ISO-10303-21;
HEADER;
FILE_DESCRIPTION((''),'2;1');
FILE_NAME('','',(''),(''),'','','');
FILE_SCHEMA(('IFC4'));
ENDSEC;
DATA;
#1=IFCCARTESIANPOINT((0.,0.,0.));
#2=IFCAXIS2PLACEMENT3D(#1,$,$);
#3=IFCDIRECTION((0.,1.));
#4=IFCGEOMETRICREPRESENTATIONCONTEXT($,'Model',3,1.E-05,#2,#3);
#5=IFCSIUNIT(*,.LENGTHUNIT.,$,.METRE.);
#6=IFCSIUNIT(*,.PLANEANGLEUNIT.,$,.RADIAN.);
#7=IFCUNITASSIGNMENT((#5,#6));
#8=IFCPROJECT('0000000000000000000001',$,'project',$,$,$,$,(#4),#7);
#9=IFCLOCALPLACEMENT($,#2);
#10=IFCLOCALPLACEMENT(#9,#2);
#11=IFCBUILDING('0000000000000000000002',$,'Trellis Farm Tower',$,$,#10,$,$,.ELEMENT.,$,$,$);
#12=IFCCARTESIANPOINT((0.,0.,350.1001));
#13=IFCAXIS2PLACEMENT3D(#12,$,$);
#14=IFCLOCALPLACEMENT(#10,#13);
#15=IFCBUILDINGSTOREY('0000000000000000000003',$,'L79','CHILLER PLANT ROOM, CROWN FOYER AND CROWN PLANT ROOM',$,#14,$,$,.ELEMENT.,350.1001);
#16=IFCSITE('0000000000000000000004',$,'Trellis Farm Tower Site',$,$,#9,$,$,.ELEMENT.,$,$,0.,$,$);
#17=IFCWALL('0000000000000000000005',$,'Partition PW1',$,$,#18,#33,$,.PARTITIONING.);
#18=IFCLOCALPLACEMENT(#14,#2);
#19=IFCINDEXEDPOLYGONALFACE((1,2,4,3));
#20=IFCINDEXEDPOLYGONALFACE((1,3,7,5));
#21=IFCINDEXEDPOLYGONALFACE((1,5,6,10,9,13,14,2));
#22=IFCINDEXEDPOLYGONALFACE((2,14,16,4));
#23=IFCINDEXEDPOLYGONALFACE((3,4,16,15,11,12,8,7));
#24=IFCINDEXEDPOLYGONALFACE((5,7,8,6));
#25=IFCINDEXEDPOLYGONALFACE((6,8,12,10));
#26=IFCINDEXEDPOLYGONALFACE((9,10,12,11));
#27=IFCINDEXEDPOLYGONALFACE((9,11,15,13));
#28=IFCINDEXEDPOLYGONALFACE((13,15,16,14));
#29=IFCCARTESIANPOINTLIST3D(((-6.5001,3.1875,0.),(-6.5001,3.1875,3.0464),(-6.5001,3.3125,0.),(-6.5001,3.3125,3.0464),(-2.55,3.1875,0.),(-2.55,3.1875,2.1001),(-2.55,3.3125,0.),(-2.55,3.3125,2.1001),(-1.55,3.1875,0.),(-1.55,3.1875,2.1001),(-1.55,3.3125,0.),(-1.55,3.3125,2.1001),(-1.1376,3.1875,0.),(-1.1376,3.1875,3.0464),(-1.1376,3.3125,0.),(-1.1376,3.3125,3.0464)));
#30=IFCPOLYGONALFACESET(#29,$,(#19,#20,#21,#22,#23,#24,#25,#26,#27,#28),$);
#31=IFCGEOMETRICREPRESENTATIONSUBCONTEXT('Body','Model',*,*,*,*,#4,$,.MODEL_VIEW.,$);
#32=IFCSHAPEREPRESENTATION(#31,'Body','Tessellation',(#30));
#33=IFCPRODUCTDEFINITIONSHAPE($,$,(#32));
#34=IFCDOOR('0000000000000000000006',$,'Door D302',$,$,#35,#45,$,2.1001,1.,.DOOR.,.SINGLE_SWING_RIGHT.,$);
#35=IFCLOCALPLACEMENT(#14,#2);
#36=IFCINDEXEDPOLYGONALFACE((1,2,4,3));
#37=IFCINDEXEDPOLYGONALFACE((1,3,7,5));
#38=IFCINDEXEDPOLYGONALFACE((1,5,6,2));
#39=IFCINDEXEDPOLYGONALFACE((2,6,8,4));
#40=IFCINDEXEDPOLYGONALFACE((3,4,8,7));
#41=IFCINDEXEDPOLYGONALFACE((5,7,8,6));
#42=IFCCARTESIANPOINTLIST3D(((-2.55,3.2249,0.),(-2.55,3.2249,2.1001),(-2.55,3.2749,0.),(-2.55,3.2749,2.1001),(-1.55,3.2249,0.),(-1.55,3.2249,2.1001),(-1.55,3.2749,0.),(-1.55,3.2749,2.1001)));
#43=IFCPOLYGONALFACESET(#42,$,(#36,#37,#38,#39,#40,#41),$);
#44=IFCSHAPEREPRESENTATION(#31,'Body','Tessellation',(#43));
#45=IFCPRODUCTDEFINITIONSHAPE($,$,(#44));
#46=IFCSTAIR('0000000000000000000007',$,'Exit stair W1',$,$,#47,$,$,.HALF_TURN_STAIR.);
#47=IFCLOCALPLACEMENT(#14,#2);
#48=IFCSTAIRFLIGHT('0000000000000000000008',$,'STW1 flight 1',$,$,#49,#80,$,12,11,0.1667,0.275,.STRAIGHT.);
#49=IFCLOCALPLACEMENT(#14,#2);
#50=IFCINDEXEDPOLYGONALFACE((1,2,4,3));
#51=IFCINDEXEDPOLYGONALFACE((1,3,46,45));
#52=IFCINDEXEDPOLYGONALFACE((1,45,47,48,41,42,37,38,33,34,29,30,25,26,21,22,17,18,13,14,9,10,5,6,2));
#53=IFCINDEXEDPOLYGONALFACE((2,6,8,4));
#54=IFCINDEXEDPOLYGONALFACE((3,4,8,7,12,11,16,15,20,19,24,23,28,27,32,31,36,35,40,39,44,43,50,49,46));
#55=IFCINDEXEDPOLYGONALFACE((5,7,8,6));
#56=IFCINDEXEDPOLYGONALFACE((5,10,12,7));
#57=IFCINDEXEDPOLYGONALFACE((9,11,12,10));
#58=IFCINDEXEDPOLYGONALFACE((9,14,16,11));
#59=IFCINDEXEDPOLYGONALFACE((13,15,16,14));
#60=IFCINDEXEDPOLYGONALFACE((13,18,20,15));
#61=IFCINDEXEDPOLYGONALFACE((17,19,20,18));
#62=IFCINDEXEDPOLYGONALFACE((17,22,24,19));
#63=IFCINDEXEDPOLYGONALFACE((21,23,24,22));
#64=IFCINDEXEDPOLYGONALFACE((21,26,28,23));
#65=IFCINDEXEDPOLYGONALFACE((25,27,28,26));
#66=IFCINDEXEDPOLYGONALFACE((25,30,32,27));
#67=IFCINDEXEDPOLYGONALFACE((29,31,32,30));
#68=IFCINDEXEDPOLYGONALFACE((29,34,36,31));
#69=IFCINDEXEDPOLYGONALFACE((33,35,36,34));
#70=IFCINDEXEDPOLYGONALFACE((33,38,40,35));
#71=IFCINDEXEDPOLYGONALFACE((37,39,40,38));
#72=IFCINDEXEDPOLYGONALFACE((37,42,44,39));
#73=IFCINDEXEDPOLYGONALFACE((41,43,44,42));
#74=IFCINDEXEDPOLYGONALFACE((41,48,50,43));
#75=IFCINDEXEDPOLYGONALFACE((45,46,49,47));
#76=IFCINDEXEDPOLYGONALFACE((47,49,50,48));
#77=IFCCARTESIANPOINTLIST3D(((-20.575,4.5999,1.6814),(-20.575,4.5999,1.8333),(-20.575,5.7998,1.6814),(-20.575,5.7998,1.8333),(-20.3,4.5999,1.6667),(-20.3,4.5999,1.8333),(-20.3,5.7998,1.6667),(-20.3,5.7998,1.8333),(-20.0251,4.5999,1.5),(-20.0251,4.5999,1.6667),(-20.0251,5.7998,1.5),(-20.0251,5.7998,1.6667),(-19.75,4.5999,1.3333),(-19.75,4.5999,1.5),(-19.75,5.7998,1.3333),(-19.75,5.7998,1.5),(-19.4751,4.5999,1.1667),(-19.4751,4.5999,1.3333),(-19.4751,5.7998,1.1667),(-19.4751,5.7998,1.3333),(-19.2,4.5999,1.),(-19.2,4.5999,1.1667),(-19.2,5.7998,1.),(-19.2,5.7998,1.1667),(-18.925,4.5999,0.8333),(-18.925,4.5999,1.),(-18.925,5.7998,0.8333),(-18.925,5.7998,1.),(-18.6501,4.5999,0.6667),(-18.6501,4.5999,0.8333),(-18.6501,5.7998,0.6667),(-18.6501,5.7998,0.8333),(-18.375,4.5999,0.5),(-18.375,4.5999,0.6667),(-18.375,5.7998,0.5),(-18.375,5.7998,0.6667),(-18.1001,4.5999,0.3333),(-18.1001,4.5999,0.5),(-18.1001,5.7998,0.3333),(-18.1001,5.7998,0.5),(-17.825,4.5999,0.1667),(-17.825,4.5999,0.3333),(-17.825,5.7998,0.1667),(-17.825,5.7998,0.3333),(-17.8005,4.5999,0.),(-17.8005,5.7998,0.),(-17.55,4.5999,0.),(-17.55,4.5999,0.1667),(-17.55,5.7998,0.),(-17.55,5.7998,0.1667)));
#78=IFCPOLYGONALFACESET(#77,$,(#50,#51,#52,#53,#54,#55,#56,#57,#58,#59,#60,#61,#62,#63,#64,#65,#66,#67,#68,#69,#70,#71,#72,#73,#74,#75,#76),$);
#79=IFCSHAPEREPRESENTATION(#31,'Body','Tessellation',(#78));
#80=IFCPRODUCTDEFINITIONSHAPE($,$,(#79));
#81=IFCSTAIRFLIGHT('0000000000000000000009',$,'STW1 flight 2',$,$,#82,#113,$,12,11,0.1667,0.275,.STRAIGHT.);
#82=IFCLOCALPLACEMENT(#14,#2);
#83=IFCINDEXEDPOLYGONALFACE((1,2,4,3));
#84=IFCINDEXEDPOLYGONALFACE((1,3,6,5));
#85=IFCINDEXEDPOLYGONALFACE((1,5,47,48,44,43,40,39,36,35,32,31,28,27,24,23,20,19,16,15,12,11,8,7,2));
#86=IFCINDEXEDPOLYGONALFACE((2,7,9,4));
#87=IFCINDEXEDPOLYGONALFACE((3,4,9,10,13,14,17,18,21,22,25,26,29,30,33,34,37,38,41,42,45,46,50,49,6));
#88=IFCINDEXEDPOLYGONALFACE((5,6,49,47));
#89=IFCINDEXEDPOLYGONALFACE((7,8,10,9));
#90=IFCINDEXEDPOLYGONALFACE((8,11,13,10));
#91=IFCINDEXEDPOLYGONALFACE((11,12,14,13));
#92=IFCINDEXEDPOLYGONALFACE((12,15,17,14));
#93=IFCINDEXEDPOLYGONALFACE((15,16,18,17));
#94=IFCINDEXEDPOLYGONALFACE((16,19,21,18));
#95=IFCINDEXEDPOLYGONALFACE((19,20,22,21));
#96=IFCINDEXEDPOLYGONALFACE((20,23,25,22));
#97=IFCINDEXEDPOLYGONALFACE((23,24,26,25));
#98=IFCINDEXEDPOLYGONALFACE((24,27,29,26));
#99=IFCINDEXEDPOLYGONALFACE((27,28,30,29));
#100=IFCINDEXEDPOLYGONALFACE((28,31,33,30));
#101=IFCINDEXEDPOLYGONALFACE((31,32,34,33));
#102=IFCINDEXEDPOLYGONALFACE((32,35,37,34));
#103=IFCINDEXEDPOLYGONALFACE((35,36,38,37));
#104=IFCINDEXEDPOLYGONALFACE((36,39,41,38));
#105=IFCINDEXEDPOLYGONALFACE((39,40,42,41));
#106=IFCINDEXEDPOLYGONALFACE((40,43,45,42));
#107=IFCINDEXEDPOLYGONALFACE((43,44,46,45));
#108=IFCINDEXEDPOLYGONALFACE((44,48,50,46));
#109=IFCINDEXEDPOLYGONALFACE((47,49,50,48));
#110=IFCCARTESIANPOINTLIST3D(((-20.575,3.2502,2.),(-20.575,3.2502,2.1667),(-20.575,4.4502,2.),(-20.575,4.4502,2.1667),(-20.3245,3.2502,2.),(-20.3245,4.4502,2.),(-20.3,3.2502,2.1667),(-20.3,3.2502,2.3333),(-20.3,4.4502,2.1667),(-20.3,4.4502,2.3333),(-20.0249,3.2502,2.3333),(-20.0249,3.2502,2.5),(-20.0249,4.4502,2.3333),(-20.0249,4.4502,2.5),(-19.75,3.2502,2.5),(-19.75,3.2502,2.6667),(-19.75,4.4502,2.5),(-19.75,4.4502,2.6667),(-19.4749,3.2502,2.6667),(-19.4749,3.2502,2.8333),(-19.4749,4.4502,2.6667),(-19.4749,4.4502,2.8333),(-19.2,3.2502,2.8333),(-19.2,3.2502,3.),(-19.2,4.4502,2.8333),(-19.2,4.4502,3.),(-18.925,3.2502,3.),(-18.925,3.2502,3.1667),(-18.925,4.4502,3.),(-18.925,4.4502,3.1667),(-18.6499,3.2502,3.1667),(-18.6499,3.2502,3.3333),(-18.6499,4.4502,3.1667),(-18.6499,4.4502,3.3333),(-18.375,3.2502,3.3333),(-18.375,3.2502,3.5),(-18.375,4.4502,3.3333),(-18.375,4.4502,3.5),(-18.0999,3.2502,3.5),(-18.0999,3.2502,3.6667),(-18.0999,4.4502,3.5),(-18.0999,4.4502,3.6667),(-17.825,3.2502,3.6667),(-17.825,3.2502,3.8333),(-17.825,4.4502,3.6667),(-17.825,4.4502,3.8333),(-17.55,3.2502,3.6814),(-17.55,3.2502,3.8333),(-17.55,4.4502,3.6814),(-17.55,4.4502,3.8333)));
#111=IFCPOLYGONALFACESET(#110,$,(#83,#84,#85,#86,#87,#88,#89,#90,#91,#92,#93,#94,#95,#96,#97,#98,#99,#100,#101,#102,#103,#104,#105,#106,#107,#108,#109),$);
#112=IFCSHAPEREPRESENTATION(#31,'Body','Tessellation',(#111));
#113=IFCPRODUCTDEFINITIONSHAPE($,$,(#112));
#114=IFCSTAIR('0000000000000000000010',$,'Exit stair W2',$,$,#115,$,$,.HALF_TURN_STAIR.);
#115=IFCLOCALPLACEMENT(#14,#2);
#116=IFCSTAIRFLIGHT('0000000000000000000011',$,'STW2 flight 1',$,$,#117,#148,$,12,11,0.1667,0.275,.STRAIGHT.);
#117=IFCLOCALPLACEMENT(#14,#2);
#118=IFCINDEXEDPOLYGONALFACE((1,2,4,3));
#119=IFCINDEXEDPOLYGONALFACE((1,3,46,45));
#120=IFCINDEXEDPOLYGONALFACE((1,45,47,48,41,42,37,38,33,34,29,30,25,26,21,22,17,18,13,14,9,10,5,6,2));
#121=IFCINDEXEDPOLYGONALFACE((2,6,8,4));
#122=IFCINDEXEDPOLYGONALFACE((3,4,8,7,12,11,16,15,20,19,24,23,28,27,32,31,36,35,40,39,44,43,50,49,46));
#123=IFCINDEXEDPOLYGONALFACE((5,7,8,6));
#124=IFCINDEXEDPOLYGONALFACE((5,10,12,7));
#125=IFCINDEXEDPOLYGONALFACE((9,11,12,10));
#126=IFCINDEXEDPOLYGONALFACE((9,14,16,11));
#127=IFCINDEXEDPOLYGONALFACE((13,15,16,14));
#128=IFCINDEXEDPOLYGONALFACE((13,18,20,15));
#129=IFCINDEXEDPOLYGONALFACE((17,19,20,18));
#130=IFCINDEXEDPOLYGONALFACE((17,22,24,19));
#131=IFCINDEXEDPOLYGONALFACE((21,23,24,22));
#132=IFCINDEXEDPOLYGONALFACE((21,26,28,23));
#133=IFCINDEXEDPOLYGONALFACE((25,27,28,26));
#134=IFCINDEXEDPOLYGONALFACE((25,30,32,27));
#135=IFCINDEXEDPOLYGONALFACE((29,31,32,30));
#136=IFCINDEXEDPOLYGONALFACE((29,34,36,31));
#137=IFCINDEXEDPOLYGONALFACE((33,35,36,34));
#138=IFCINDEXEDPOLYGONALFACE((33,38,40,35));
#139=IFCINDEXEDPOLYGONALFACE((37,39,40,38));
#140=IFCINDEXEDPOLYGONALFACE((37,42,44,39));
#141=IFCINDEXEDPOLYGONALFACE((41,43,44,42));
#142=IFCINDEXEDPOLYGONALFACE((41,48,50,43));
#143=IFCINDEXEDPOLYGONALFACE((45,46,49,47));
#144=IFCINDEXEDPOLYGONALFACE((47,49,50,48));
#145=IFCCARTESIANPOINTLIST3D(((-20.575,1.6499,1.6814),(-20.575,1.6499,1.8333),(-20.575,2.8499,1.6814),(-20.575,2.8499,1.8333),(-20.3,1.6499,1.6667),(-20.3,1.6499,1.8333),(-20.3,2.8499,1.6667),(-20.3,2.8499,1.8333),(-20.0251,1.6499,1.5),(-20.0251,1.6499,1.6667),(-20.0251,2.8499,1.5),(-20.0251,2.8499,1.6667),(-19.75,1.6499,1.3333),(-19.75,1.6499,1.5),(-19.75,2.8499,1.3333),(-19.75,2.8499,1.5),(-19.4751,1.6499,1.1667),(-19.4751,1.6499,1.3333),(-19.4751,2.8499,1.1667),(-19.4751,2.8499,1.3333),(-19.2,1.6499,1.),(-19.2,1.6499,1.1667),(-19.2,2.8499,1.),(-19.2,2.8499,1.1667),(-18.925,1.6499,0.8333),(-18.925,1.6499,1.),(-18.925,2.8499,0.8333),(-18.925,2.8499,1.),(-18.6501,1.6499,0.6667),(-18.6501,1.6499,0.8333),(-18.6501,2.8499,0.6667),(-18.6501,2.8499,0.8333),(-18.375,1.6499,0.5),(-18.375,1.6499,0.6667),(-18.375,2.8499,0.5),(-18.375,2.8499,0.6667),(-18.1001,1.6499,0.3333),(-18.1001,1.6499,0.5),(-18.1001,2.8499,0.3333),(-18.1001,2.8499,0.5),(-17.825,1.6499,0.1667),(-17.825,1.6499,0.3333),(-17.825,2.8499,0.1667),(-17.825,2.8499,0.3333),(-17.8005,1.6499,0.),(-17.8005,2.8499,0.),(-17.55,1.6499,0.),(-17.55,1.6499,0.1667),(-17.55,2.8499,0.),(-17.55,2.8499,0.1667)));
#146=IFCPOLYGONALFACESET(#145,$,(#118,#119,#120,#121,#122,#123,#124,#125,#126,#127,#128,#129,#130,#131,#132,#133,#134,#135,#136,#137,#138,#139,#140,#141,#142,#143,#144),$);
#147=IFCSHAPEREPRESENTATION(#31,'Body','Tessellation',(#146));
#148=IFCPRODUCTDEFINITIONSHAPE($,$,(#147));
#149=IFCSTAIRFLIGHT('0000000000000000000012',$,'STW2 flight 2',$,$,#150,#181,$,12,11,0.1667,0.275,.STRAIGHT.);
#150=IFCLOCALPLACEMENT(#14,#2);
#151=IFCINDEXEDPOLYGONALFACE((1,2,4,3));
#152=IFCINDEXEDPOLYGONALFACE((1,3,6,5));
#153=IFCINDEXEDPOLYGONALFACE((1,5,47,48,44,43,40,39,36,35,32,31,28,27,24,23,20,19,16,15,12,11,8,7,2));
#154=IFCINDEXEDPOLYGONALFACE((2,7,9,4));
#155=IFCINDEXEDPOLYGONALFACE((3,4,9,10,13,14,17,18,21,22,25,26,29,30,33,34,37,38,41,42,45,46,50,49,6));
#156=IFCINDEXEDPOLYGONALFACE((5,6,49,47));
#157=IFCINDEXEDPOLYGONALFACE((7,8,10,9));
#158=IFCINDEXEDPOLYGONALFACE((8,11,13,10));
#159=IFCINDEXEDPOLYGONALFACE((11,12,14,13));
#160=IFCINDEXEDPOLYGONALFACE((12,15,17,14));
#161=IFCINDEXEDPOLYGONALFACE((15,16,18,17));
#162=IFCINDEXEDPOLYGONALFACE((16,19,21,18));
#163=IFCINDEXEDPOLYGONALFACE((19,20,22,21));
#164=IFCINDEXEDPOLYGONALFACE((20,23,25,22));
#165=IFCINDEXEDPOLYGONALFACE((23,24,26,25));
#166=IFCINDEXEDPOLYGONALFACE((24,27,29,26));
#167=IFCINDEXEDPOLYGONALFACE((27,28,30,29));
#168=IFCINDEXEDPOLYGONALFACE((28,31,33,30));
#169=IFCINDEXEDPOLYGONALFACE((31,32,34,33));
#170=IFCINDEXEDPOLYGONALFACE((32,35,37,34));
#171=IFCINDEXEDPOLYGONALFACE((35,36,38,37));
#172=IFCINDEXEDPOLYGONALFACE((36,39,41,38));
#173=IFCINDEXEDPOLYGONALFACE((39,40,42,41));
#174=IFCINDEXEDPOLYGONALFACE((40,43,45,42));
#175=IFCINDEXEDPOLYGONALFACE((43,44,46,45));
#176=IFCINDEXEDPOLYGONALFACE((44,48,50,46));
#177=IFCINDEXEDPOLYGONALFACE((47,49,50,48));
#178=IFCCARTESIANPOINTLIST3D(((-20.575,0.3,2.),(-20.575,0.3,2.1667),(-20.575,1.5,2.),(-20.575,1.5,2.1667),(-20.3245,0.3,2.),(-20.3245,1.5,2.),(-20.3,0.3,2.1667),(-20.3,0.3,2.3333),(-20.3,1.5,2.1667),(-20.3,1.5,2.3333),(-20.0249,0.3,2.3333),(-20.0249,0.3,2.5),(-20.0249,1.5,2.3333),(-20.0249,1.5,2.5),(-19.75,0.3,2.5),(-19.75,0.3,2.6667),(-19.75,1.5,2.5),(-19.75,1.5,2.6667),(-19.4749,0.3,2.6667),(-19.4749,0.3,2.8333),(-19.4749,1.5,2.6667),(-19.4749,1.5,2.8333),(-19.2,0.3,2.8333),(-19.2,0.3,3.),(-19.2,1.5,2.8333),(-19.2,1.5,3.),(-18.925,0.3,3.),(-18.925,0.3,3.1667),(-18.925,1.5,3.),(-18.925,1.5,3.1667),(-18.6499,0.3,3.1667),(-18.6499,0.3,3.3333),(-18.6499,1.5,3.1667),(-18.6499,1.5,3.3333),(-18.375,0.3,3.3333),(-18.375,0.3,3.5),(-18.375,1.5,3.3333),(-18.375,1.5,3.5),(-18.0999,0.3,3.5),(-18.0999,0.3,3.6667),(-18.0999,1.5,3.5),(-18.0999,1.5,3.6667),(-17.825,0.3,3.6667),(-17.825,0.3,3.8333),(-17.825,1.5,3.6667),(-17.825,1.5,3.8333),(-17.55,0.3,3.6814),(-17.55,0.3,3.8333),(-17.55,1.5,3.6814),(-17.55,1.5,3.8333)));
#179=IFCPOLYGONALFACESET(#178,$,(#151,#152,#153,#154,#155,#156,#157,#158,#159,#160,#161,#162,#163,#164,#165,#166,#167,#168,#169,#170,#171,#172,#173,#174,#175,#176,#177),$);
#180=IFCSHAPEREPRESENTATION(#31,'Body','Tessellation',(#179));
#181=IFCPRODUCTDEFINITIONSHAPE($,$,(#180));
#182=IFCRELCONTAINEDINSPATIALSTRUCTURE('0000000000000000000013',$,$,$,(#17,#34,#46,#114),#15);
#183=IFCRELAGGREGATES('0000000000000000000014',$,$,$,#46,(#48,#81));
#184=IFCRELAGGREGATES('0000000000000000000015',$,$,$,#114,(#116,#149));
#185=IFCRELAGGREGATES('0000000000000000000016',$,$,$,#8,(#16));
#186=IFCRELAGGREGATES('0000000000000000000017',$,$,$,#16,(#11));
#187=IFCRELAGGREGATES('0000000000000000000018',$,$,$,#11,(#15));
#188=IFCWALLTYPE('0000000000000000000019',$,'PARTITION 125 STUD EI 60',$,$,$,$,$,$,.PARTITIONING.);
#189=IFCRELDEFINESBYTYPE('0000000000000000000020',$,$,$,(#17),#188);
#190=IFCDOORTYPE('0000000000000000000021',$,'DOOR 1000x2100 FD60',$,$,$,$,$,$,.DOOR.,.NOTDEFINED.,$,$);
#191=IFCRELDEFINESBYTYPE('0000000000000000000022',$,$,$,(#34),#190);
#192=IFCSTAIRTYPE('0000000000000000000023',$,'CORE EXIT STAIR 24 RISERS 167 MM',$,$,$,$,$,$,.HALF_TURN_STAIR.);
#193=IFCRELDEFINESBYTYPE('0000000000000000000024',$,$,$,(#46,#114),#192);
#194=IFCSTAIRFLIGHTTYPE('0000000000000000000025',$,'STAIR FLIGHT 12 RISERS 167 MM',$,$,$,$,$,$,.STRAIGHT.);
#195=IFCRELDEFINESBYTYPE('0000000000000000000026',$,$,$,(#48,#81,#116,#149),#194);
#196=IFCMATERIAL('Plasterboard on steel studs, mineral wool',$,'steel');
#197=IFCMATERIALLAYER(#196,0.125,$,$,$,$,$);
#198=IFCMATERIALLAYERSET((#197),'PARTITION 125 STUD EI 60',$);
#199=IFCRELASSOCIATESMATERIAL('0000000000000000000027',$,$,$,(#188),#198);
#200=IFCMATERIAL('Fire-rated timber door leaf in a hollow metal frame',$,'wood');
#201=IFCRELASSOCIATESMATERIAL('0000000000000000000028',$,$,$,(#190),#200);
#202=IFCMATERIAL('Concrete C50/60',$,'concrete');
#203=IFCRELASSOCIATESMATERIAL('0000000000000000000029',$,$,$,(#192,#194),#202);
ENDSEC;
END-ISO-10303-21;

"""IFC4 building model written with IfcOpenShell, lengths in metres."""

from ifc_helpers import new_model, si_unit, direction, frame, frame_2d, origin, place, context, subcontext, project, spatial, polyline, rectangle, outline, extrude, source, transform, mapped, material, layer, layer_set, type_object, element, fill, aggregate, save


model = new_model("IFC4")

# Units and contexts
model_context = context("Model", 3, precision=1e-05, world=origin(), true_north=direction((0.0, 1.0)))
body_context = subcontext(model_context, "Body", "Model", "MODEL_VIEW")
ifc_project = project(units=[si_unit("LENGTHUNIT", "METRE"), si_unit("PLANEANGLEUNIT", "RADIAN")], contexts=[model_context])

# Site, building, storey
site_placement = place(None, origin())
site = spatial("IfcSite", under=ifc_project, at=site_placement, Name="Trellis Farm Tower Site", CompositionType="ELEMENT", RefElevation=0.0)
building_placement = place(site_placement, origin())
building = spatial("IfcBuilding", under=site, at=building_placement, Name="Trellis Farm Tower", CompositionType="ELEMENT")
storey_placement = place(building_placement, frame((0.0, 0.0, 350.1001)))
storey = spatial("IfcBuildingStorey", under=building, at=storey_placement, Name="L79", Description="CHILLER PLANT ROOM, CROWN FOYER AND CROWN PLANT ROOM", CompositionType="ELEMENT", Elevation=350.1001)

# Shared definitions
ifc_material_1 = material(Name="Concrete C50/60", Category="concrete")

# Shared definitions
placement = place(storey_placement, origin())

# Shared definitions
shared_shape_1 = source(origin(), body_context, "Body", "SweptSolid", [
    extrude(rectangle(XDim=1.0, YDim=2.1001, at=frame_2d((0.5, 1.05))), frame((0.0, 0.0249, 0.0), z_axis=(0.0, -1.0, 0.0), x_axis=(1.0, 0.0, 0.0)), (0.0, 0.0, 1.0), 0.05),
])

# Wall, opening, door
ifc_material_2 = material(Name="Plasterboard on steel studs, mineral wool", Category="steel")
ifc_layer_1 = layer(ifc_material_2, 0.125)
ifc_layer_set_1 = layer_set([ifc_layer_1], Name="PARTITION 125 STUD EI 60")
wall_type_1 = type_object("IfcWallType", Name="PARTITION 125 STUD EI 60", PredefinedType="PARTITIONING", material=ifc_layer_set_1)
shared_shape_2 = source(origin(), body_context, "Body", "SweptSolid", [
    extrude(rectangle(XDim=5.3625, YDim=0.125, at=frame_2d((2.6812, 0.0))), origin(), (0.0, 0.0, 1.0), 3.0464),
])
wall_1_placement = place(storey_placement, frame((-6.5, 3.25, 0.0), z_axis=(0.0, 0.0, 1.0), x_axis=(1.0, 0.0, 0.0)))
wall_1 = element("IfcWall", 1, at=wall_1_placement, inside=storey, type_object=wall_type_1, Name="Partition PW1", PredefinedType="PARTITIONING", context=body_context, shape_type="MappedRepresentation", body=[
    mapped(shared_shape_2, transform((0.0, 0.0, 0.0))),
])
shared_shape_3 = source(origin(), body_context, "Body", "SweptSolid", [
    extrude(rectangle(XDim=1.0, YDim=2.1001, at=frame_2d((0.5, 1.05))), frame((0.0, 0.0725, 0.0), z_axis=(0.0, -1.0, 0.0), x_axis=(1.0, 0.0, 0.0)), (0.0, 0.0, 1.0), 0.145),
])
opening_1_placement = place(wall_1_placement, frame((3.95, 0.0, 0.0)))
opening_1 = element("IfcOpeningElement", 2, at=opening_1_placement, cuts=wall_1, PredefinedType="OPENING", context=body_context, shape_type="MappedRepresentation", body=[
    mapped(shared_shape_3, transform((0.0, 0.0, 0.0))),
])
ifc_material_3 = material(Name="Fire-rated timber door leaf in a hollow metal frame", Category="wood")
door_type_1 = type_object("IfcDoorType", Name="DOOR 1000x2100 FD60", OperationType="NOTDEFINED", PredefinedType="DOOR", material=ifc_material_3)
door_1_placement = place(opening_1_placement, origin())
door_1 = element("IfcDoor", 3, at=door_1_placement, inside=storey, type_object=door_type_1, Name="Door D302", OperationType="SINGLE_SWING_RIGHT", OverallHeight=2.1001, OverallWidth=1.0, PredefinedType="DOOR", context=body_context, shape_type="MappedRepresentation", body=[
    mapped(shared_shape_1, transform((0.0, 0.0, 0.0))),
])
fill(opening_1, door_1)

# Stairs, stair flights
stair_type = type_object("IfcStairType", Name="CORE EXIT STAIR 24 RISERS 167 MM", PredefinedType="HALF_TURN_STAIR", material=ifc_material_1)
stair_1 = element("IfcStair", 4, at=placement, inside=storey, type_object=stair_type, Name="Exit stair W1", PredefinedType="HALF_TURN_STAIR")
stair_flight_type = type_object("IfcStairFlightType", Name="STAIR FLIGHT 12 RISERS 167 MM", PredefinedType="STRAIGHT", material=ifc_material_1)
shared_shape_4 = source(origin(), body_context, "Body", "SweptSolid", [
    extrude(outline(polyline([(0.0, 0.0), (0.0, 0.1667), (0.2749, 0.1667), (0.2749, 0.3333), (0.55, 0.3333), (0.55, 0.5), (0.825, 0.5), (0.825, 0.6667), (1.1001, 0.6667), (1.1001, 0.8333), (1.375, 0.8333), (1.375, 1.0), (1.6499, 1.0), (1.6499, 1.1667), (1.925, 1.1667), (1.925, 1.3333), (2.2, 1.3333), (2.2, 1.5), (2.4751, 1.5), (2.4751, 1.6667), (2.75, 1.6667), (2.75, 1.8333), (3.0249, 1.8333), (3.0249, 2.0), (3.0249, 1.6814), (0.2505, 0.0), (0.0, 0.0)])), frame((0.0, 0.6001, 0.0), z_axis=(0.0, -1.0, 0.0), x_axis=(1.0, 0.0, 0.0)), (0.0, 0.0, 1.0), 1.2),
])
stair_flight_1_placement = place(storey_placement, frame((-17.55, 5.2, 0.0), z_axis=(0.0, 0.0, 1.0), x_axis=(-1.0, 0.0, 0.0)))
stair_flight_1 = element("IfcStairFlight", 5, at=stair_flight_1_placement, type_object=stair_flight_type, Name="STW1 flight 1", NumberOfRisers=12, NumberOfTreads=11, PredefinedType="STRAIGHT", RiserHeight=0.1667, TreadLength=0.275, context=body_context, shape_type="MappedRepresentation", body=[
    mapped(shared_shape_4, transform((0.0, 0.0, 0.0))),
])
stair_flight_2_placement = place(storey_placement, frame((-20.575, 3.8501, 2.0), z_axis=(0.0, 0.0, 1.0), x_axis=(1.0, 0.0, 0.0)))
stair_flight_2 = element("IfcStairFlight", 6, at=stair_flight_2_placement, type_object=stair_flight_type, Name="STW1 flight 2", NumberOfRisers=12, NumberOfTreads=11, PredefinedType="STRAIGHT", RiserHeight=0.1667, TreadLength=0.275, context=body_context, shape_type="MappedRepresentation", body=[
    mapped(shared_shape_4, transform((0.0, 0.0, 0.0))),
])
aggregate(stair_1, [stair_flight_1, stair_flight_2])
stair_2 = element("IfcStair", 7, at=placement, inside=storey, type_object=stair_type, Name="Exit stair W2", PredefinedType="HALF_TURN_STAIR")
stair_flight_3_placement = place(storey_placement, frame((-17.55, 2.25, 0.0), z_axis=(0.0, 0.0, 1.0), x_axis=(-1.0, 0.0, 0.0)))
stair_flight_3 = element("IfcStairFlight", 8, at=stair_flight_3_placement, type_object=stair_flight_type, Name="STW2 flight 1", NumberOfRisers=12, NumberOfTreads=11, PredefinedType="STRAIGHT", RiserHeight=0.1667, TreadLength=0.275, context=body_context, shape_type="MappedRepresentation", body=[
    mapped(shared_shape_4, transform((0.0, 0.0, 0.0))),
])
stair_flight_4_placement = place(storey_placement, frame((-20.575, 0.8999, 2.0), z_axis=(0.0, 0.0, 1.0), x_axis=(1.0, 0.0, 0.0)))
stair_flight_4 = element("IfcStairFlight", 9, at=stair_flight_4_placement, type_object=stair_flight_type, Name="STW2 flight 2", NumberOfRisers=12, NumberOfTreads=11, PredefinedType="STRAIGHT", RiserHeight=0.1667, TreadLength=0.275, context=body_context, shape_type="MappedRepresentation", body=[
    mapped(shared_shape_4, transform((0.0, 0.0, 0.0))),
])
aggregate(stair_2, [stair_flight_3, stair_flight_4])

save(model, "model.ifc")
